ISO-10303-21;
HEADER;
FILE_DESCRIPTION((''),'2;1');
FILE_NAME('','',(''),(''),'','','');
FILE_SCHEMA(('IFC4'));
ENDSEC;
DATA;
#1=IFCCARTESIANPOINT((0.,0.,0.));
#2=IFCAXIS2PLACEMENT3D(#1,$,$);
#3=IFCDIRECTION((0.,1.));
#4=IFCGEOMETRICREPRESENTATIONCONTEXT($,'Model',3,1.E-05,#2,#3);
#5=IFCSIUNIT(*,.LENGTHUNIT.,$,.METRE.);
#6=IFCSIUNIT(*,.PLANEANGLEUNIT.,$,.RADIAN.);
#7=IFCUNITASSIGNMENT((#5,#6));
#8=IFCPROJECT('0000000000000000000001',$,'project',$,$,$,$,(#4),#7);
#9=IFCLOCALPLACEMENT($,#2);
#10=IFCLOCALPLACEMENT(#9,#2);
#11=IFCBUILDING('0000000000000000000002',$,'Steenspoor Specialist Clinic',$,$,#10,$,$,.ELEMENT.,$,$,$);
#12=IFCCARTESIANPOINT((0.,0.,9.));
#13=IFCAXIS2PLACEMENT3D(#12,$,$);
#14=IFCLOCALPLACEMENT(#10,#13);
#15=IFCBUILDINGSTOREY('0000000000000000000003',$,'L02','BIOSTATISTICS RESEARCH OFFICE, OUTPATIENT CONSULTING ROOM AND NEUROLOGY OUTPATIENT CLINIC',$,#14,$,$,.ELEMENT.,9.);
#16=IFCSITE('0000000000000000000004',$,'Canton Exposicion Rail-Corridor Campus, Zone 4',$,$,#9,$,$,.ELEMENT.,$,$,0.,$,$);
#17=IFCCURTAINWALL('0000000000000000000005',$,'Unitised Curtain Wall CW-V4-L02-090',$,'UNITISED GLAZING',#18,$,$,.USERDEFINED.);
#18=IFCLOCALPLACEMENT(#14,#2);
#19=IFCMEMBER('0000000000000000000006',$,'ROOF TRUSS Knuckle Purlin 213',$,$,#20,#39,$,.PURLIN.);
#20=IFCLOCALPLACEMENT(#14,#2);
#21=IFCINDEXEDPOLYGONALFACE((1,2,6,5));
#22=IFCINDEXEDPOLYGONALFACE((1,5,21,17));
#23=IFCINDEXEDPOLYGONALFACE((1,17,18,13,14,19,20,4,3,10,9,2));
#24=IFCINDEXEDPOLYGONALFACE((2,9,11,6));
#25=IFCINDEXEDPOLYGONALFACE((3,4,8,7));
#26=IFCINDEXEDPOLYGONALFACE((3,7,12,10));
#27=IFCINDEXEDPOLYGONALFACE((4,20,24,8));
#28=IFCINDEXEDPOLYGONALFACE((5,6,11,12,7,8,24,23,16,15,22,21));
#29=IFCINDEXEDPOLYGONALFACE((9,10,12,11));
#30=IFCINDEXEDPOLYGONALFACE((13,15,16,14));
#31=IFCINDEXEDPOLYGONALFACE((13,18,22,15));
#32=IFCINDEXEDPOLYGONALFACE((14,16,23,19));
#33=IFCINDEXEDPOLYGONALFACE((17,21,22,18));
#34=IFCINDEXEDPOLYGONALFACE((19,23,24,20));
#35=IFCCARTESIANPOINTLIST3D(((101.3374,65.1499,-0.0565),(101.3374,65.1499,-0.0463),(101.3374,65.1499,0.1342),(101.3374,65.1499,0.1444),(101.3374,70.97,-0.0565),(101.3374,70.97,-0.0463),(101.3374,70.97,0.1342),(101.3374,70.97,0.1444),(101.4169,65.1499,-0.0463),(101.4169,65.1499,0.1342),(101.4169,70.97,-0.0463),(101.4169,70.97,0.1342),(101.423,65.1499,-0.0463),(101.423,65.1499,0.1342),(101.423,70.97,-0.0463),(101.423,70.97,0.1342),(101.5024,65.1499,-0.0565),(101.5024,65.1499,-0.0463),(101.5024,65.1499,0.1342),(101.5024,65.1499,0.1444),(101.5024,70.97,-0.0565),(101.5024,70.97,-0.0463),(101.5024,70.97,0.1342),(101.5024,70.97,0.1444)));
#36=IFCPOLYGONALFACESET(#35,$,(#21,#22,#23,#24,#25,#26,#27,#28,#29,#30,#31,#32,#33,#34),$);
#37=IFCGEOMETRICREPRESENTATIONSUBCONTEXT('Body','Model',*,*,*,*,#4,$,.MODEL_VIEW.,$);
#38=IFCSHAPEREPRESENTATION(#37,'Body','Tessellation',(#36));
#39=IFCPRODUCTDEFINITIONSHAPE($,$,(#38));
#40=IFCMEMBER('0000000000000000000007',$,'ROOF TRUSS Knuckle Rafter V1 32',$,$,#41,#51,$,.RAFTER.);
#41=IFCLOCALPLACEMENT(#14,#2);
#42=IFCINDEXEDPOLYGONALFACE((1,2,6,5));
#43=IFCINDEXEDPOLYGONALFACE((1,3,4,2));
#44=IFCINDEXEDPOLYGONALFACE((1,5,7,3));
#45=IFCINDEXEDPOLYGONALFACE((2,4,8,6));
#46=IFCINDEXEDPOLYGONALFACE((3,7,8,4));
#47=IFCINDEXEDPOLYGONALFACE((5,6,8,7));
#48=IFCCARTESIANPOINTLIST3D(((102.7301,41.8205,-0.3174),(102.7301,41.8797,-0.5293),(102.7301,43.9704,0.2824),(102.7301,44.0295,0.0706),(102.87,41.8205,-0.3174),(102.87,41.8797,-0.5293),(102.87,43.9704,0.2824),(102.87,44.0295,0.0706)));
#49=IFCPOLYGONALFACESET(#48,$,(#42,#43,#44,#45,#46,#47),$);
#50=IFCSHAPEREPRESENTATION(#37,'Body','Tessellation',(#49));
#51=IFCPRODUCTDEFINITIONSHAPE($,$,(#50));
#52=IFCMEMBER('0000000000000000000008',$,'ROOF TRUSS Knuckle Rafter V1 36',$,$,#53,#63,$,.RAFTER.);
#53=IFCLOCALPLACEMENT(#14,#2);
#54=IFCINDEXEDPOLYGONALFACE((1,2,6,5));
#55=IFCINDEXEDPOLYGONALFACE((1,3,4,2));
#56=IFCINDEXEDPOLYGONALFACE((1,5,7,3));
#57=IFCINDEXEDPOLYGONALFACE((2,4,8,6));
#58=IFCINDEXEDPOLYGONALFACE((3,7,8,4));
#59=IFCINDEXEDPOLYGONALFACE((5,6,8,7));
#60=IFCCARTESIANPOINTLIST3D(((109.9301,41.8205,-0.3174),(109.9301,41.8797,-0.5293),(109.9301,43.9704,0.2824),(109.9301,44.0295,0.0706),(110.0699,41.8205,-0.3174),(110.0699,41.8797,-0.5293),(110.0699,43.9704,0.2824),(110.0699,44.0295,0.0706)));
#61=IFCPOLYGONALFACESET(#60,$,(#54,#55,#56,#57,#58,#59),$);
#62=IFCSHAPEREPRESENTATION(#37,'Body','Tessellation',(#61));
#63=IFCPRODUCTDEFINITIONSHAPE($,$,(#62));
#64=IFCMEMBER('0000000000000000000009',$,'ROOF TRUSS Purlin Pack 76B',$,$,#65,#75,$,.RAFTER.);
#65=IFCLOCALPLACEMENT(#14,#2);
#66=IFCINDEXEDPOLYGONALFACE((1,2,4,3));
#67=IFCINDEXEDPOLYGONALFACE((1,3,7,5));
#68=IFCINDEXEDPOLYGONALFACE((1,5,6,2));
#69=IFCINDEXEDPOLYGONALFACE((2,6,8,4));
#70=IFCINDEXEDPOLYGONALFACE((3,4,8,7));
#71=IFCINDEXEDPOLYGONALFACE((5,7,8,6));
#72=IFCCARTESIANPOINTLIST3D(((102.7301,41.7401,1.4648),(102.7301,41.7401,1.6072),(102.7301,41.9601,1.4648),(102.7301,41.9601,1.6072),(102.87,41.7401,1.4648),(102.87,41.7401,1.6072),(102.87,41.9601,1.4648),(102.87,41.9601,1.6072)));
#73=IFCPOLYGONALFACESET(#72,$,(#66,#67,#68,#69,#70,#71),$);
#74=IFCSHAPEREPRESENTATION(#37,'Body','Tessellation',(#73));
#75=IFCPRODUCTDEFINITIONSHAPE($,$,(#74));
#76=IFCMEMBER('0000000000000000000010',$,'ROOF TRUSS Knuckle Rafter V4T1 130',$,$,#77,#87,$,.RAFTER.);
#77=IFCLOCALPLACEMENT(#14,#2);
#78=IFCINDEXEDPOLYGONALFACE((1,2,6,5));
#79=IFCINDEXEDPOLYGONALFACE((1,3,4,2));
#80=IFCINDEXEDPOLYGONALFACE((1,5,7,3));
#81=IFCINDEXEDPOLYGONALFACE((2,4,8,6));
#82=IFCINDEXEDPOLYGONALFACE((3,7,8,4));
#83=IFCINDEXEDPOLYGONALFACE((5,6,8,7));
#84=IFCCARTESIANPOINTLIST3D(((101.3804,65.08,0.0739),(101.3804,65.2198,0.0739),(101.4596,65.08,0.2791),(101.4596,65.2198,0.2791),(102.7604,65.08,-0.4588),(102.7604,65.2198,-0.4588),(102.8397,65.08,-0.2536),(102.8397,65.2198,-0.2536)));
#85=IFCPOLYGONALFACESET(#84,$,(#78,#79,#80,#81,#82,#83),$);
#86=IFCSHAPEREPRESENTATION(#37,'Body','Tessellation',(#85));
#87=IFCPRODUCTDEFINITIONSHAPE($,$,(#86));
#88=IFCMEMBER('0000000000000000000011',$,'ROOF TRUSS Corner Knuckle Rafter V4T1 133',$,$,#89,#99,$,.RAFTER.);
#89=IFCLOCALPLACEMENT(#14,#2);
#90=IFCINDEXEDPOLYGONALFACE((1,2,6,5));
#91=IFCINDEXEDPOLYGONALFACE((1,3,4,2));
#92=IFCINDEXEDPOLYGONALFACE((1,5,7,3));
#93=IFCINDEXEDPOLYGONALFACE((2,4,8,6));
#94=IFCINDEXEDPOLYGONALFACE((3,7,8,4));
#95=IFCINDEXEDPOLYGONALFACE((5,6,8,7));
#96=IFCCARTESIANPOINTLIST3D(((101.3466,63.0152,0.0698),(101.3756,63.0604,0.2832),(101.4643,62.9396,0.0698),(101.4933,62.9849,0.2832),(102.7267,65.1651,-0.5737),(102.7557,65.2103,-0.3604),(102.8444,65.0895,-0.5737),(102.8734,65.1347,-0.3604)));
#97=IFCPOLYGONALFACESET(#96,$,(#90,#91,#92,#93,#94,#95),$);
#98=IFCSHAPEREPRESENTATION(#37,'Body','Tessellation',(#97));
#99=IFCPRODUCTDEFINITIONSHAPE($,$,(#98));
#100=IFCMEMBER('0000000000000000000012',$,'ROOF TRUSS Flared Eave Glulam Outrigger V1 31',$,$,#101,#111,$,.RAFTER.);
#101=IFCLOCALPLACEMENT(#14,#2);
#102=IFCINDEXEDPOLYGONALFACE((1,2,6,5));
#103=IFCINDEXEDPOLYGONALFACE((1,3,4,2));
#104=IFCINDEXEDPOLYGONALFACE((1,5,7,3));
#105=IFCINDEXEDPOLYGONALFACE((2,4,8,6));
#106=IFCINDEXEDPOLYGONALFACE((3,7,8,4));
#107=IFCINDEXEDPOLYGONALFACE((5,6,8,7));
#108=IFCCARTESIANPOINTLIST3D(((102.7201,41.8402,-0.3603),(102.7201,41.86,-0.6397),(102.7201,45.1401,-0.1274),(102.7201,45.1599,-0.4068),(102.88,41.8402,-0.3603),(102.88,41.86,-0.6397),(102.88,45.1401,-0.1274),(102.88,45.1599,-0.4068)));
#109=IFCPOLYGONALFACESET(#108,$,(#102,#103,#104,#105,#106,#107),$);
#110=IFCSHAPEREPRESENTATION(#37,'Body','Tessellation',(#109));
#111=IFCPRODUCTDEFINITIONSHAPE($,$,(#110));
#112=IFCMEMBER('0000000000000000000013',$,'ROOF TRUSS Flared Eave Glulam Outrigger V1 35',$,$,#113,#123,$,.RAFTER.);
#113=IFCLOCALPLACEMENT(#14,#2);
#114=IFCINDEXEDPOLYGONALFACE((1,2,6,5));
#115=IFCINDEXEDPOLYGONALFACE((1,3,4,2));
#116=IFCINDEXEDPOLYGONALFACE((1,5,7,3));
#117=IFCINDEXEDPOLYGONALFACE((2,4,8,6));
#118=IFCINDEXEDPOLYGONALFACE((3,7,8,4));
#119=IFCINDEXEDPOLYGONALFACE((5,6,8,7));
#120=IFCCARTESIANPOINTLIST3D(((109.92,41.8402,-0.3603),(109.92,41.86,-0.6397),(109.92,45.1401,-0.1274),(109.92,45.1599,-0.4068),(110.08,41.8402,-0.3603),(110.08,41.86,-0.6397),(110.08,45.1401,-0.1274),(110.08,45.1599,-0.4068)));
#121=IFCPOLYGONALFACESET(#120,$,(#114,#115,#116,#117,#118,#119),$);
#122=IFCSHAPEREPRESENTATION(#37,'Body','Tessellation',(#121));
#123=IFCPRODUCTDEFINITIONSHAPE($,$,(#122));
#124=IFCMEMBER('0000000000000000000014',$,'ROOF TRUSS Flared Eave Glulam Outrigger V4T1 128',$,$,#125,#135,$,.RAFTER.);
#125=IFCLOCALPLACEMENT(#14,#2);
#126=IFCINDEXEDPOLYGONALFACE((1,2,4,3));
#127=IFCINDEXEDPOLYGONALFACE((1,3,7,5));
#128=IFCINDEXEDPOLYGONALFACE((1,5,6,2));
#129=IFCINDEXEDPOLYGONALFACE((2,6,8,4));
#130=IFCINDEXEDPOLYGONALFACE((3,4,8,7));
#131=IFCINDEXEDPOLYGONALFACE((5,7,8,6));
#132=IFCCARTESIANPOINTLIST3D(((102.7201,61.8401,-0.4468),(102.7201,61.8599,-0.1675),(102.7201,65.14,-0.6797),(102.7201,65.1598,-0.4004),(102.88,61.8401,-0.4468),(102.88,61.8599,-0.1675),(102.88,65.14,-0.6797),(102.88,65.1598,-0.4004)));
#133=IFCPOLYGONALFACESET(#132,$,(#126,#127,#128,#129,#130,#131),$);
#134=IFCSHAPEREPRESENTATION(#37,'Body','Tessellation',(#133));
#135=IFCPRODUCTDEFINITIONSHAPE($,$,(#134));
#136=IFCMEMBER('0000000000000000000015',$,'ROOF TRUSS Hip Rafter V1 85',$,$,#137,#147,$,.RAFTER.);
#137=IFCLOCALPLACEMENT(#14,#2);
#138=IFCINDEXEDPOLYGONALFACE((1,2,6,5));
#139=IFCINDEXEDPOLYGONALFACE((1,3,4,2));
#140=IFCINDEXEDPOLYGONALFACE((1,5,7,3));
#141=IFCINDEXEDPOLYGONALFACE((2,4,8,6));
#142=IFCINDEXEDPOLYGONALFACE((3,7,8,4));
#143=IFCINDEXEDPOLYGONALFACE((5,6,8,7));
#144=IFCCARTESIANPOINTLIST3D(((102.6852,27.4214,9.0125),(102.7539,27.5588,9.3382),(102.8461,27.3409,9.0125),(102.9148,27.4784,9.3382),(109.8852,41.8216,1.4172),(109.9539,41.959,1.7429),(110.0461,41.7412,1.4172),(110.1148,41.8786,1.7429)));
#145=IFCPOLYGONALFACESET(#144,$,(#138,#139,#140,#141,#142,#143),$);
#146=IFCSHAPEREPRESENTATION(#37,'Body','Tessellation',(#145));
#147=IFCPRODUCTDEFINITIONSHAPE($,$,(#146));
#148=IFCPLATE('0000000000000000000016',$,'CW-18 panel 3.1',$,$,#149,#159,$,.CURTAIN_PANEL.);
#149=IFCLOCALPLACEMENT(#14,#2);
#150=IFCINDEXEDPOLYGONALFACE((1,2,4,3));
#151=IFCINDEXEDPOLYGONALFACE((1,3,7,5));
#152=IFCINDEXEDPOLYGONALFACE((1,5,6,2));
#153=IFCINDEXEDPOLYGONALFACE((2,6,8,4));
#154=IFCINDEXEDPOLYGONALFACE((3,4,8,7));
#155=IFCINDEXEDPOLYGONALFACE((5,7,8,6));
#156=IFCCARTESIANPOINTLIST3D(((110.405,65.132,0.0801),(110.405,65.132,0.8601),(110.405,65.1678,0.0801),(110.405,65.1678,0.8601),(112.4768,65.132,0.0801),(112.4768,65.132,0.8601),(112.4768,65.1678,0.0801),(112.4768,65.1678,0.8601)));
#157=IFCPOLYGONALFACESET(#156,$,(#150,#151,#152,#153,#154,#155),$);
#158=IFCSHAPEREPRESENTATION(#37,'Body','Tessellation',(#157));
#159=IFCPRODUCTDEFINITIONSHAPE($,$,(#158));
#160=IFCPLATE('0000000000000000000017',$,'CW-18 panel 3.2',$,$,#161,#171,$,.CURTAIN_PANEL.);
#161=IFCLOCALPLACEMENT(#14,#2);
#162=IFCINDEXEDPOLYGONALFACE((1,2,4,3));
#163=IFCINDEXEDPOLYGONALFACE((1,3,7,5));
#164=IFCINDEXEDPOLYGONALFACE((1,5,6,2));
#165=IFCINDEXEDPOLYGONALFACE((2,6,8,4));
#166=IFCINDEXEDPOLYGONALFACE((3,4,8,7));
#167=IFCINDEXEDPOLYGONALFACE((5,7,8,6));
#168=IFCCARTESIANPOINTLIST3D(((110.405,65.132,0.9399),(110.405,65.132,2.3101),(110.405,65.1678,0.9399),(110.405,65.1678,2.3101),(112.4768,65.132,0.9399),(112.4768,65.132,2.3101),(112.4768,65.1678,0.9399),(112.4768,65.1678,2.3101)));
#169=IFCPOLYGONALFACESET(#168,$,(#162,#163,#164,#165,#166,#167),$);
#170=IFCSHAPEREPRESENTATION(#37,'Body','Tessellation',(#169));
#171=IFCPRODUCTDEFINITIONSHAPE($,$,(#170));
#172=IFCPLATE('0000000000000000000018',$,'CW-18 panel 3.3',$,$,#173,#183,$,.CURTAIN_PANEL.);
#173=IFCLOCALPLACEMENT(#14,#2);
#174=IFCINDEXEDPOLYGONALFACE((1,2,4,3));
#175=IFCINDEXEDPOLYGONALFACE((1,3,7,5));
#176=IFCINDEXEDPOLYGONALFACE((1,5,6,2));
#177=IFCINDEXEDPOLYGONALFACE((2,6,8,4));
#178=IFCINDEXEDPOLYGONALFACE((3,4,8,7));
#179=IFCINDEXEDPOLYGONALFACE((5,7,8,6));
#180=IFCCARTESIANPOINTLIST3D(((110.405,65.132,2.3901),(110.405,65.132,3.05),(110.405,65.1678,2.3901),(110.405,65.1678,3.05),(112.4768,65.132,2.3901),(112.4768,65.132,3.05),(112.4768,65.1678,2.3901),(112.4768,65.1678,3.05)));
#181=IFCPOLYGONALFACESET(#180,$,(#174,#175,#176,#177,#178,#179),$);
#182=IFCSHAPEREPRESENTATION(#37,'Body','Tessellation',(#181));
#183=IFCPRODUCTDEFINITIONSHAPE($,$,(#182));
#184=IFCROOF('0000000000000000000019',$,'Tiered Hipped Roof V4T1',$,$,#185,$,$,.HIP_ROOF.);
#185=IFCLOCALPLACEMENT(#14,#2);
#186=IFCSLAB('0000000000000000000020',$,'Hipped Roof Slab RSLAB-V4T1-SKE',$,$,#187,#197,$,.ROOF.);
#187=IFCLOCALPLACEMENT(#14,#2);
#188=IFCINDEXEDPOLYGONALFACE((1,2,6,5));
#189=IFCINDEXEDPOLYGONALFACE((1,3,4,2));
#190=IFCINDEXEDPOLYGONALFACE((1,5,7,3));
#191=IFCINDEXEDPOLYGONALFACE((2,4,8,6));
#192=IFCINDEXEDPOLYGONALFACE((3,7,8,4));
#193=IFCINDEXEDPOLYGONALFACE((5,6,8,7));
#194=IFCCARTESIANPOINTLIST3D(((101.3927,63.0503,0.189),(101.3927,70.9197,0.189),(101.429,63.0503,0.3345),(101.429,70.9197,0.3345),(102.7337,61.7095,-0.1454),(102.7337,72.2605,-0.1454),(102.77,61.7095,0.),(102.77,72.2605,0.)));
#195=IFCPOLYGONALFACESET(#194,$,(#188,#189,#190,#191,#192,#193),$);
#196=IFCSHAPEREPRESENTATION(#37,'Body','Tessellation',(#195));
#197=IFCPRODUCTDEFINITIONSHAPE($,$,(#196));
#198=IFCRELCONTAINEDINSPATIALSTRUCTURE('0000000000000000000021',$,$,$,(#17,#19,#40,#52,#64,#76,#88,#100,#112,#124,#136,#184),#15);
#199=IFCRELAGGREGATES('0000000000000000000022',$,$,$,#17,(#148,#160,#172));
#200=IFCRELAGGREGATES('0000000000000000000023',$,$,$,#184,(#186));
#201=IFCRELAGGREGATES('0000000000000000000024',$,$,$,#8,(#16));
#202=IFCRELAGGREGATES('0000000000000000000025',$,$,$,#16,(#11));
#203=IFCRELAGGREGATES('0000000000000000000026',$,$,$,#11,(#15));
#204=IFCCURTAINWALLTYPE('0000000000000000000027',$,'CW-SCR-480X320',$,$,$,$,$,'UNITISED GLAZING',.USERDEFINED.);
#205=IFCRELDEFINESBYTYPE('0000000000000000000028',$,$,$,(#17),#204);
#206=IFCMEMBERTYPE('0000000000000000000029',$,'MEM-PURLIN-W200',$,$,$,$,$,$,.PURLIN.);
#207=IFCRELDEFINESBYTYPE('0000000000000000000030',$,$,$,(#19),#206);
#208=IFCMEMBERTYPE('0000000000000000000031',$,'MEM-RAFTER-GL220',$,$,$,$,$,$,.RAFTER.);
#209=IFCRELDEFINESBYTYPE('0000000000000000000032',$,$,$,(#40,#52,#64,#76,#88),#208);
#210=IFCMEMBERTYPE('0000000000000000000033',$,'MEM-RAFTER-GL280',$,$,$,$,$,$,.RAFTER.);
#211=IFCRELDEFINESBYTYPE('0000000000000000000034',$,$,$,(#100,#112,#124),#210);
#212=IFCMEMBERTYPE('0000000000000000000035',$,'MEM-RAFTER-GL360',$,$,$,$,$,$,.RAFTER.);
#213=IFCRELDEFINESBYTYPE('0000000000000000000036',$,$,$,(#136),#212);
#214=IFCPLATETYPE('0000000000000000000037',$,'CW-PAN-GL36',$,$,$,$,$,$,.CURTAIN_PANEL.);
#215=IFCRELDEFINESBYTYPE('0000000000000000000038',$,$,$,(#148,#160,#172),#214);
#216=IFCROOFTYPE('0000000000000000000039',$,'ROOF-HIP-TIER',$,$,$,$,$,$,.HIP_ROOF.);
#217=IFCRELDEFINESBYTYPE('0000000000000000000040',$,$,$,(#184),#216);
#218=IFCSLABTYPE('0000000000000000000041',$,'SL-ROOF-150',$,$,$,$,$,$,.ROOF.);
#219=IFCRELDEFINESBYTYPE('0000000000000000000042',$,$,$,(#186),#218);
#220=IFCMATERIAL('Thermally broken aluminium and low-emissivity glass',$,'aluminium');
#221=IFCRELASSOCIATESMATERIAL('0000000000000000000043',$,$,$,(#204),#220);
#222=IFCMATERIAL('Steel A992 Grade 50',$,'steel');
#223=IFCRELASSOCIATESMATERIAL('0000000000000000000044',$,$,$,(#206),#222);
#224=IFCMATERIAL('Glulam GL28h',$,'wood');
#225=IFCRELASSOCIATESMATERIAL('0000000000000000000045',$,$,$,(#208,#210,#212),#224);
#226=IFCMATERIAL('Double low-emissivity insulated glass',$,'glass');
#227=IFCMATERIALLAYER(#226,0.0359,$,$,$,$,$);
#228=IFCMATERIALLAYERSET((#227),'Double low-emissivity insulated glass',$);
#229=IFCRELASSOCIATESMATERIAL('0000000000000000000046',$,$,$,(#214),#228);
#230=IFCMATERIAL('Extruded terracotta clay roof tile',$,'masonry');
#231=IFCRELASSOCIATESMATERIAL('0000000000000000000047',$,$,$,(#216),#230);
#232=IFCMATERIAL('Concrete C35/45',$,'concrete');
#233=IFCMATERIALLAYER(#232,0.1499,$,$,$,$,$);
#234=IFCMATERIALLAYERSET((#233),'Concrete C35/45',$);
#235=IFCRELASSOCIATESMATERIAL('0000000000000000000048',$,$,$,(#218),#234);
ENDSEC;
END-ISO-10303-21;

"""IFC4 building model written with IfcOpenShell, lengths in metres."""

from ifc_helpers import new_model, si_unit, direction, frame, origin, origin_2d, place, context, subcontext, project, spatial, polyline, rectangle, i_section, outline, extrude, material, layer, layer_set, material_profile, profile_set, type_object, element, aggregate, save


model = new_model("IFC4")

# Units and contexts
model_context = context("Model", 3, precision=1e-05, world=origin(), true_north=direction((0.0, 1.0)))
body_context = subcontext(model_context, "Body", "Model", "MODEL_VIEW")
ifc_project = project(units=[si_unit("LENGTHUNIT", "METRE"), si_unit("PLANEANGLEUNIT", "RADIAN")], contexts=[model_context])

# Site, building, storey
site_placement = place(None, origin())
site = spatial("IfcSite", under=ifc_project, at=site_placement, Name="Canton Exposicion Rail-Corridor Campus, Zone 4", CompositionType="ELEMENT", RefElevation=0.0)
building_placement = place(site_placement, origin())
building = spatial("IfcBuilding", under=site, at=building_placement, Name="Steenspoor Specialist Clinic", CompositionType="ELEMENT")
storey_placement = place(building_placement, frame((0.0, 0.0, 9.0)))
storey = spatial("IfcBuildingStorey", under=building, at=storey_placement, Name="L02", Description="BIOSTATISTICS RESEARCH OFFICE, OUTPATIENT CONSULTING ROOM AND NEUROLOGY OUTPATIENT CLINIC", CompositionType="ELEMENT", Elevation=9.0)

# Curtain wall
ifc_material_1 = material(Name="Thermally broken aluminium and low-emissivity glass", Category="aluminium")
curtain_wall_type = type_object("IfcCurtainWallType", Name="CW-SCR-480X320", ElementType="UNITISED GLAZING", PredefinedType="USERDEFINED", material=ifc_material_1)
curtain_wall_placement = place(storey_placement, origin())
curtain_wall = element("IfcCurtainWall", 1, at=curtain_wall_placement, inside=storey, type_object=curtain_wall_type, Name="Unitised Curtain Wall CW-V4-L02-090", ObjectType="UNITISED GLAZING", PredefinedType="USERDEFINED")

# Members
ifc_material_2 = material(Name="Steel A992 Grade 50", Category="steel")
ifc_material_profile_1 = material_profile(ifc_material_2, i_section(OverallWidth=0.165, OverallDepth=0.2009, WebThickness=0.0061, FlangeThickness=0.0103, at=origin_2d()), Name="W200X36")
ifc_profile_set_1 = profile_set([ifc_material_profile_1], Name="Steel A992 Grade 50")
member_type_1 = type_object("IfcMemberType", Name="MEM-PURLIN-W200", PredefinedType="PURLIN", material=ifc_profile_set_1)
member_1_placement = place(storey_placement, frame((101.4199, 65.1499, 0.0439), z_axis=(0.0, 1.0, 0.0), x_axis=(-1.0, 0.0, 0.0)))
element("IfcMember", 2, at=member_1_placement, inside=storey, type_object=member_type_1, Name="ROOF TRUSS Knuckle Purlin 213", PredefinedType="PURLIN", context=body_context, shape_type="SweptSolid", body=[
    extrude(i_section(OverallWidth=0.165, OverallDepth=0.2009, WebThickness=0.0061, FlangeThickness=0.0103, at=origin_2d()), origin(), (0.0, 0.0, 1.0), 5.8201),
])
ifc_material_3 = material(Name="Glulam GL28h", Category="wood")
ifc_material_profile_2 = material_profile(ifc_material_3, rectangle(XDim=0.1399, YDim=0.22, at=origin_2d()), Name="GL28H-140X220")
ifc_profile_set_2 = profile_set([ifc_material_profile_2], Name="Glulam GL28h")
member_type_2 = type_object("IfcMemberType", Name="MEM-RAFTER-GL220", PredefinedType="RAFTER", material=ifc_profile_set_2)
for number, where, z_axis, x_axis, name in (
    (3, (102.8, 41.8501, -0.4233), (0.0, 0.96321, 0.268749), (-1.0, 0.0, 0.0), "ROOF TRUSS Knuckle Rafter V1 32"),
    (4, (110.0, 41.8501, -0.4233), (0.0, 0.96321, 0.268749), (-1.0, 0.0, 0.0), "ROOF TRUSS Knuckle Rafter V1 36"),
):
    element("IfcMember", number, at=place(storey_placement, frame(where, z_axis=z_axis, x_axis=x_axis)), inside=storey, type_object=member_type_2, Name=name, PredefinedType="RAFTER", context=body_context, shape_type="SweptSolid", body=[
        extrude(rectangle(XDim=0.1399, YDim=0.22, at=origin_2d()), origin(), (0.0, 0.0, 1.0), 2.2319),
    ])
member_2_placement = place(storey_placement, frame((102.8, 41.8501, 1.4648), z_axis=(0.0, 0.0, 1.0), x_axis=(1.0, 0.0, 0.0)))
element("IfcMember", 5, at=member_2_placement, inside=storey, type_object=member_type_2, Name="ROOF TRUSS Purlin Pack 76B", PredefinedType="RAFTER", context=body_context, shape_type="SweptSolid", body=[
    extrude(rectangle(XDim=0.1399, YDim=0.22, at=origin_2d()), origin(), (0.0, 0.0, 1.0), 0.1423),
])
member_3_placement = place(storey_placement, frame((102.8, 65.1499, -0.3562), z_axis=(-0.932915, 0.0, 0.360096), x_axis=(0.0, -1.0, 0.0)))
element("IfcMember", 6, at=member_3_placement, inside=storey, type_object=member_type_2, Name="ROOF TRUSS Knuckle Rafter V4T1 130", PredefinedType="RAFTER", context=body_context, shape_type="SweptSolid", body=[
    extrude(rectangle(XDim=0.1399, YDim=0.22, at=origin_2d()), origin(), (0.0, 0.0, 1.0), 1.4792),
])
member_4_placement = place(storey_placement, frame((102.8, 65.1499, -0.467), z_axis=(-0.523852, -0.816033, 0.244273), x_axis=(0.841526, -0.540217, 0.0)))
element("IfcMember", 7, at=member_4_placement, inside=storey, type_object=member_type_2, Name="ROOF TRUSS Corner Knuckle Rafter V4T1 133", PredefinedType="RAFTER", context=body_context, shape_type="SweptSolid", body=[
    extrude(rectangle(XDim=0.1399, YDim=0.22, at=origin_2d()), origin(), (0.0, 0.0, 1.0), 2.6345),
])
ifc_material_profile_3 = material_profile(ifc_material_3, rectangle(XDim=0.1599, YDim=0.28, at=origin_2d()), Name="GL28H-160X280")
ifc_profile_set_3 = profile_set([ifc_material_profile_3], Name="Glulam GL28h")
member_type_3 = type_object("IfcMemberType", Name="MEM-RAFTER-GL280", PredefinedType="RAFTER", material=ifc_profile_set_3)
for number, where, z_axis, x_axis, name in (
    (8, (102.8, 41.8501, -0.5), (0.0, 0.997518, 0.070408), (-1.0, 0.0, 0.0), "ROOF TRUSS Flared Eave Glulam Outrigger V1 31"),
    (9, (110.0, 41.8501, -0.5), (0.0, 0.997518, 0.070408), (-1.0, 0.0, 0.0), "ROOF TRUSS Flared Eave Glulam Outrigger V1 35"),
    (10, (102.8, 65.1499, -0.54), (0.0, -0.997518, 0.070408), (1.0, 0.0, 0.0), "ROOF TRUSS Flared Eave Glulam Outrigger V4T1 128"),
):
    element("IfcMember", number, at=place(storey_placement, frame(where, z_axis=z_axis, x_axis=x_axis)), inside=storey, type_object=member_type_3, Name=name, PredefinedType="RAFTER", context=body_context, shape_type="SweptSolid", body=[
        extrude(rectangle(XDim=0.1599, YDim=0.28, at=origin_2d()), origin(), (0.0, 0.0, 1.0), 3.3081),
    ])
ifc_material_profile_4 = material_profile(ifc_material_3, rectangle(XDim=0.1799, YDim=0.3601, at=origin_2d()), Name="GL28H-180X360")
ifc_profile_set_4 = profile_set([ifc_material_profile_4], Name="Glulam GL28h")
member_type_4 = type_object("IfcMemberType", Name="MEM-RAFTER-GL360", PredefinedType="RAFTER", material=ifc_profile_set_4)
member_5_placement = place(storey_placement, frame((110.0, 41.8501, 1.5801), z_axis=(-0.404459, -0.808932, 0.426663), x_axis=(0.89443, -0.447208, 0.0)))
element("IfcMember", 11, at=member_5_placement, inside=storey, type_object=member_type_4, Name="ROOF TRUSS Hip Rafter V1 85", PredefinedType="RAFTER", context=body_context, shape_type="SweptSolid", body=[
    extrude(rectangle(XDim=0.1799, YDim=0.3601, at=origin_2d()), origin(), (0.0, 0.0, 1.0), 17.8015),
])

# Plates
ifc_material_4 = material(Name="Double low-emissivity insulated glass", Category="glass")
ifc_layer_1 = layer(ifc_material_4, 0.0359)
ifc_layer_set_1 = layer_set([ifc_layer_1], Name="Double low-emissivity insulated glass")
plate_type = type_object("IfcPlateType", Name="CW-PAN-GL36", PredefinedType="CURTAIN_PANEL", material=ifc_layer_set_1)
plate_1_placement = place(storey_placement, frame((111.4409, 65.1499, 0.0801), z_axis=(0.0, 0.0, 1.0), x_axis=(-1.0, 0.0, 0.0)))
plate_1 = element("IfcPlate", 12, at=plate_1_placement, type_object=plate_type, Name="CW-18 panel 3.1", PredefinedType="CURTAIN_PANEL", context=body_context, shape_type="SweptSolid", body=[
    extrude(rectangle(XDim=2.0718, YDim=0.0359, at=origin_2d()), origin(), (0.0, 0.0, 1.0), 0.78),
])
plate_2_placement = place(storey_placement, frame((111.4409, 65.1499, 0.9399), z_axis=(0.0, 0.0, 1.0), x_axis=(-1.0, 0.0, 0.0)))
plate_2 = element("IfcPlate", 13, at=plate_2_placement, type_object=plate_type, Name="CW-18 panel 3.2", PredefinedType="CURTAIN_PANEL", context=body_context, shape_type="SweptSolid", body=[
    extrude(rectangle(XDim=2.0718, YDim=0.0359, at=origin_2d()), origin(), (0.0, 0.0, 1.0), 1.3701),
])
plate_3_placement = place(storey_placement, frame((111.4409, 65.1499, 2.3901), z_axis=(0.0, 0.0, 1.0), x_axis=(-1.0, 0.0, 0.0)))
plate_3 = element("IfcPlate", 14, at=plate_3_placement, type_object=plate_type, Name="CW-18 panel 3.3", PredefinedType="CURTAIN_PANEL", context=body_context, shape_type="SweptSolid", body=[
    extrude(rectangle(XDim=2.0718, YDim=0.0359, at=origin_2d()), origin(), (0.0, 0.0, 1.0), 0.6599),
])
aggregate(curtain_wall, [plate_1, plate_2, plate_3])

# Roof, slab
ifc_material_5 = material(Name="Extruded terracotta clay roof tile", Category="masonry")
roof_type = type_object("IfcRoofType", Name="ROOF-HIP-TIER", PredefinedType="HIP_ROOF", material=ifc_material_5)
roof_placement = place(storey_placement, origin())
roof = element("IfcRoof", 15, at=roof_placement, inside=storey, type_object=roof_type, Name="Tiered Hipped Roof V4T1", PredefinedType="HIP_ROOF")
ifc_material_6 = material(Name="Concrete C35/45", Category="concrete")
ifc_layer_2 = layer(ifc_material_6, 0.1499)
ifc_layer_set_2 = layer_set([ifc_layer_2], Name="Concrete C35/45")
slab_type = type_object("IfcSlabType", Name="SL-ROOF-150", PredefinedType="ROOF", material=ifc_layer_set_2)
slab_placement = place(storey_placement, frame((101.429, 63.0503, 0.3345), z_axis=(0.241995, 0.0, 0.970277), x_axis=(0.696422, -0.696295, -0.173693)))
slab = element("IfcSlab", 16, at=slab_placement, type_object=slab_type, Name="Hipped Roof Slab RSLAB-V4T1-SKE", PredefinedType="ROOF", context=body_context, shape_type="SweptSolid", body=[
    extrude(outline(polyline([(0.0, 0.0), (1.9256, 0.0), (-5.421, 7.5731), (-5.4794, 5.6483), (0.0, 0.0)])), origin(), (0.0, 0.0, -1.0), 0.1499),
])
aggregate(roof, [slab])

save(model, "model.ifc")
